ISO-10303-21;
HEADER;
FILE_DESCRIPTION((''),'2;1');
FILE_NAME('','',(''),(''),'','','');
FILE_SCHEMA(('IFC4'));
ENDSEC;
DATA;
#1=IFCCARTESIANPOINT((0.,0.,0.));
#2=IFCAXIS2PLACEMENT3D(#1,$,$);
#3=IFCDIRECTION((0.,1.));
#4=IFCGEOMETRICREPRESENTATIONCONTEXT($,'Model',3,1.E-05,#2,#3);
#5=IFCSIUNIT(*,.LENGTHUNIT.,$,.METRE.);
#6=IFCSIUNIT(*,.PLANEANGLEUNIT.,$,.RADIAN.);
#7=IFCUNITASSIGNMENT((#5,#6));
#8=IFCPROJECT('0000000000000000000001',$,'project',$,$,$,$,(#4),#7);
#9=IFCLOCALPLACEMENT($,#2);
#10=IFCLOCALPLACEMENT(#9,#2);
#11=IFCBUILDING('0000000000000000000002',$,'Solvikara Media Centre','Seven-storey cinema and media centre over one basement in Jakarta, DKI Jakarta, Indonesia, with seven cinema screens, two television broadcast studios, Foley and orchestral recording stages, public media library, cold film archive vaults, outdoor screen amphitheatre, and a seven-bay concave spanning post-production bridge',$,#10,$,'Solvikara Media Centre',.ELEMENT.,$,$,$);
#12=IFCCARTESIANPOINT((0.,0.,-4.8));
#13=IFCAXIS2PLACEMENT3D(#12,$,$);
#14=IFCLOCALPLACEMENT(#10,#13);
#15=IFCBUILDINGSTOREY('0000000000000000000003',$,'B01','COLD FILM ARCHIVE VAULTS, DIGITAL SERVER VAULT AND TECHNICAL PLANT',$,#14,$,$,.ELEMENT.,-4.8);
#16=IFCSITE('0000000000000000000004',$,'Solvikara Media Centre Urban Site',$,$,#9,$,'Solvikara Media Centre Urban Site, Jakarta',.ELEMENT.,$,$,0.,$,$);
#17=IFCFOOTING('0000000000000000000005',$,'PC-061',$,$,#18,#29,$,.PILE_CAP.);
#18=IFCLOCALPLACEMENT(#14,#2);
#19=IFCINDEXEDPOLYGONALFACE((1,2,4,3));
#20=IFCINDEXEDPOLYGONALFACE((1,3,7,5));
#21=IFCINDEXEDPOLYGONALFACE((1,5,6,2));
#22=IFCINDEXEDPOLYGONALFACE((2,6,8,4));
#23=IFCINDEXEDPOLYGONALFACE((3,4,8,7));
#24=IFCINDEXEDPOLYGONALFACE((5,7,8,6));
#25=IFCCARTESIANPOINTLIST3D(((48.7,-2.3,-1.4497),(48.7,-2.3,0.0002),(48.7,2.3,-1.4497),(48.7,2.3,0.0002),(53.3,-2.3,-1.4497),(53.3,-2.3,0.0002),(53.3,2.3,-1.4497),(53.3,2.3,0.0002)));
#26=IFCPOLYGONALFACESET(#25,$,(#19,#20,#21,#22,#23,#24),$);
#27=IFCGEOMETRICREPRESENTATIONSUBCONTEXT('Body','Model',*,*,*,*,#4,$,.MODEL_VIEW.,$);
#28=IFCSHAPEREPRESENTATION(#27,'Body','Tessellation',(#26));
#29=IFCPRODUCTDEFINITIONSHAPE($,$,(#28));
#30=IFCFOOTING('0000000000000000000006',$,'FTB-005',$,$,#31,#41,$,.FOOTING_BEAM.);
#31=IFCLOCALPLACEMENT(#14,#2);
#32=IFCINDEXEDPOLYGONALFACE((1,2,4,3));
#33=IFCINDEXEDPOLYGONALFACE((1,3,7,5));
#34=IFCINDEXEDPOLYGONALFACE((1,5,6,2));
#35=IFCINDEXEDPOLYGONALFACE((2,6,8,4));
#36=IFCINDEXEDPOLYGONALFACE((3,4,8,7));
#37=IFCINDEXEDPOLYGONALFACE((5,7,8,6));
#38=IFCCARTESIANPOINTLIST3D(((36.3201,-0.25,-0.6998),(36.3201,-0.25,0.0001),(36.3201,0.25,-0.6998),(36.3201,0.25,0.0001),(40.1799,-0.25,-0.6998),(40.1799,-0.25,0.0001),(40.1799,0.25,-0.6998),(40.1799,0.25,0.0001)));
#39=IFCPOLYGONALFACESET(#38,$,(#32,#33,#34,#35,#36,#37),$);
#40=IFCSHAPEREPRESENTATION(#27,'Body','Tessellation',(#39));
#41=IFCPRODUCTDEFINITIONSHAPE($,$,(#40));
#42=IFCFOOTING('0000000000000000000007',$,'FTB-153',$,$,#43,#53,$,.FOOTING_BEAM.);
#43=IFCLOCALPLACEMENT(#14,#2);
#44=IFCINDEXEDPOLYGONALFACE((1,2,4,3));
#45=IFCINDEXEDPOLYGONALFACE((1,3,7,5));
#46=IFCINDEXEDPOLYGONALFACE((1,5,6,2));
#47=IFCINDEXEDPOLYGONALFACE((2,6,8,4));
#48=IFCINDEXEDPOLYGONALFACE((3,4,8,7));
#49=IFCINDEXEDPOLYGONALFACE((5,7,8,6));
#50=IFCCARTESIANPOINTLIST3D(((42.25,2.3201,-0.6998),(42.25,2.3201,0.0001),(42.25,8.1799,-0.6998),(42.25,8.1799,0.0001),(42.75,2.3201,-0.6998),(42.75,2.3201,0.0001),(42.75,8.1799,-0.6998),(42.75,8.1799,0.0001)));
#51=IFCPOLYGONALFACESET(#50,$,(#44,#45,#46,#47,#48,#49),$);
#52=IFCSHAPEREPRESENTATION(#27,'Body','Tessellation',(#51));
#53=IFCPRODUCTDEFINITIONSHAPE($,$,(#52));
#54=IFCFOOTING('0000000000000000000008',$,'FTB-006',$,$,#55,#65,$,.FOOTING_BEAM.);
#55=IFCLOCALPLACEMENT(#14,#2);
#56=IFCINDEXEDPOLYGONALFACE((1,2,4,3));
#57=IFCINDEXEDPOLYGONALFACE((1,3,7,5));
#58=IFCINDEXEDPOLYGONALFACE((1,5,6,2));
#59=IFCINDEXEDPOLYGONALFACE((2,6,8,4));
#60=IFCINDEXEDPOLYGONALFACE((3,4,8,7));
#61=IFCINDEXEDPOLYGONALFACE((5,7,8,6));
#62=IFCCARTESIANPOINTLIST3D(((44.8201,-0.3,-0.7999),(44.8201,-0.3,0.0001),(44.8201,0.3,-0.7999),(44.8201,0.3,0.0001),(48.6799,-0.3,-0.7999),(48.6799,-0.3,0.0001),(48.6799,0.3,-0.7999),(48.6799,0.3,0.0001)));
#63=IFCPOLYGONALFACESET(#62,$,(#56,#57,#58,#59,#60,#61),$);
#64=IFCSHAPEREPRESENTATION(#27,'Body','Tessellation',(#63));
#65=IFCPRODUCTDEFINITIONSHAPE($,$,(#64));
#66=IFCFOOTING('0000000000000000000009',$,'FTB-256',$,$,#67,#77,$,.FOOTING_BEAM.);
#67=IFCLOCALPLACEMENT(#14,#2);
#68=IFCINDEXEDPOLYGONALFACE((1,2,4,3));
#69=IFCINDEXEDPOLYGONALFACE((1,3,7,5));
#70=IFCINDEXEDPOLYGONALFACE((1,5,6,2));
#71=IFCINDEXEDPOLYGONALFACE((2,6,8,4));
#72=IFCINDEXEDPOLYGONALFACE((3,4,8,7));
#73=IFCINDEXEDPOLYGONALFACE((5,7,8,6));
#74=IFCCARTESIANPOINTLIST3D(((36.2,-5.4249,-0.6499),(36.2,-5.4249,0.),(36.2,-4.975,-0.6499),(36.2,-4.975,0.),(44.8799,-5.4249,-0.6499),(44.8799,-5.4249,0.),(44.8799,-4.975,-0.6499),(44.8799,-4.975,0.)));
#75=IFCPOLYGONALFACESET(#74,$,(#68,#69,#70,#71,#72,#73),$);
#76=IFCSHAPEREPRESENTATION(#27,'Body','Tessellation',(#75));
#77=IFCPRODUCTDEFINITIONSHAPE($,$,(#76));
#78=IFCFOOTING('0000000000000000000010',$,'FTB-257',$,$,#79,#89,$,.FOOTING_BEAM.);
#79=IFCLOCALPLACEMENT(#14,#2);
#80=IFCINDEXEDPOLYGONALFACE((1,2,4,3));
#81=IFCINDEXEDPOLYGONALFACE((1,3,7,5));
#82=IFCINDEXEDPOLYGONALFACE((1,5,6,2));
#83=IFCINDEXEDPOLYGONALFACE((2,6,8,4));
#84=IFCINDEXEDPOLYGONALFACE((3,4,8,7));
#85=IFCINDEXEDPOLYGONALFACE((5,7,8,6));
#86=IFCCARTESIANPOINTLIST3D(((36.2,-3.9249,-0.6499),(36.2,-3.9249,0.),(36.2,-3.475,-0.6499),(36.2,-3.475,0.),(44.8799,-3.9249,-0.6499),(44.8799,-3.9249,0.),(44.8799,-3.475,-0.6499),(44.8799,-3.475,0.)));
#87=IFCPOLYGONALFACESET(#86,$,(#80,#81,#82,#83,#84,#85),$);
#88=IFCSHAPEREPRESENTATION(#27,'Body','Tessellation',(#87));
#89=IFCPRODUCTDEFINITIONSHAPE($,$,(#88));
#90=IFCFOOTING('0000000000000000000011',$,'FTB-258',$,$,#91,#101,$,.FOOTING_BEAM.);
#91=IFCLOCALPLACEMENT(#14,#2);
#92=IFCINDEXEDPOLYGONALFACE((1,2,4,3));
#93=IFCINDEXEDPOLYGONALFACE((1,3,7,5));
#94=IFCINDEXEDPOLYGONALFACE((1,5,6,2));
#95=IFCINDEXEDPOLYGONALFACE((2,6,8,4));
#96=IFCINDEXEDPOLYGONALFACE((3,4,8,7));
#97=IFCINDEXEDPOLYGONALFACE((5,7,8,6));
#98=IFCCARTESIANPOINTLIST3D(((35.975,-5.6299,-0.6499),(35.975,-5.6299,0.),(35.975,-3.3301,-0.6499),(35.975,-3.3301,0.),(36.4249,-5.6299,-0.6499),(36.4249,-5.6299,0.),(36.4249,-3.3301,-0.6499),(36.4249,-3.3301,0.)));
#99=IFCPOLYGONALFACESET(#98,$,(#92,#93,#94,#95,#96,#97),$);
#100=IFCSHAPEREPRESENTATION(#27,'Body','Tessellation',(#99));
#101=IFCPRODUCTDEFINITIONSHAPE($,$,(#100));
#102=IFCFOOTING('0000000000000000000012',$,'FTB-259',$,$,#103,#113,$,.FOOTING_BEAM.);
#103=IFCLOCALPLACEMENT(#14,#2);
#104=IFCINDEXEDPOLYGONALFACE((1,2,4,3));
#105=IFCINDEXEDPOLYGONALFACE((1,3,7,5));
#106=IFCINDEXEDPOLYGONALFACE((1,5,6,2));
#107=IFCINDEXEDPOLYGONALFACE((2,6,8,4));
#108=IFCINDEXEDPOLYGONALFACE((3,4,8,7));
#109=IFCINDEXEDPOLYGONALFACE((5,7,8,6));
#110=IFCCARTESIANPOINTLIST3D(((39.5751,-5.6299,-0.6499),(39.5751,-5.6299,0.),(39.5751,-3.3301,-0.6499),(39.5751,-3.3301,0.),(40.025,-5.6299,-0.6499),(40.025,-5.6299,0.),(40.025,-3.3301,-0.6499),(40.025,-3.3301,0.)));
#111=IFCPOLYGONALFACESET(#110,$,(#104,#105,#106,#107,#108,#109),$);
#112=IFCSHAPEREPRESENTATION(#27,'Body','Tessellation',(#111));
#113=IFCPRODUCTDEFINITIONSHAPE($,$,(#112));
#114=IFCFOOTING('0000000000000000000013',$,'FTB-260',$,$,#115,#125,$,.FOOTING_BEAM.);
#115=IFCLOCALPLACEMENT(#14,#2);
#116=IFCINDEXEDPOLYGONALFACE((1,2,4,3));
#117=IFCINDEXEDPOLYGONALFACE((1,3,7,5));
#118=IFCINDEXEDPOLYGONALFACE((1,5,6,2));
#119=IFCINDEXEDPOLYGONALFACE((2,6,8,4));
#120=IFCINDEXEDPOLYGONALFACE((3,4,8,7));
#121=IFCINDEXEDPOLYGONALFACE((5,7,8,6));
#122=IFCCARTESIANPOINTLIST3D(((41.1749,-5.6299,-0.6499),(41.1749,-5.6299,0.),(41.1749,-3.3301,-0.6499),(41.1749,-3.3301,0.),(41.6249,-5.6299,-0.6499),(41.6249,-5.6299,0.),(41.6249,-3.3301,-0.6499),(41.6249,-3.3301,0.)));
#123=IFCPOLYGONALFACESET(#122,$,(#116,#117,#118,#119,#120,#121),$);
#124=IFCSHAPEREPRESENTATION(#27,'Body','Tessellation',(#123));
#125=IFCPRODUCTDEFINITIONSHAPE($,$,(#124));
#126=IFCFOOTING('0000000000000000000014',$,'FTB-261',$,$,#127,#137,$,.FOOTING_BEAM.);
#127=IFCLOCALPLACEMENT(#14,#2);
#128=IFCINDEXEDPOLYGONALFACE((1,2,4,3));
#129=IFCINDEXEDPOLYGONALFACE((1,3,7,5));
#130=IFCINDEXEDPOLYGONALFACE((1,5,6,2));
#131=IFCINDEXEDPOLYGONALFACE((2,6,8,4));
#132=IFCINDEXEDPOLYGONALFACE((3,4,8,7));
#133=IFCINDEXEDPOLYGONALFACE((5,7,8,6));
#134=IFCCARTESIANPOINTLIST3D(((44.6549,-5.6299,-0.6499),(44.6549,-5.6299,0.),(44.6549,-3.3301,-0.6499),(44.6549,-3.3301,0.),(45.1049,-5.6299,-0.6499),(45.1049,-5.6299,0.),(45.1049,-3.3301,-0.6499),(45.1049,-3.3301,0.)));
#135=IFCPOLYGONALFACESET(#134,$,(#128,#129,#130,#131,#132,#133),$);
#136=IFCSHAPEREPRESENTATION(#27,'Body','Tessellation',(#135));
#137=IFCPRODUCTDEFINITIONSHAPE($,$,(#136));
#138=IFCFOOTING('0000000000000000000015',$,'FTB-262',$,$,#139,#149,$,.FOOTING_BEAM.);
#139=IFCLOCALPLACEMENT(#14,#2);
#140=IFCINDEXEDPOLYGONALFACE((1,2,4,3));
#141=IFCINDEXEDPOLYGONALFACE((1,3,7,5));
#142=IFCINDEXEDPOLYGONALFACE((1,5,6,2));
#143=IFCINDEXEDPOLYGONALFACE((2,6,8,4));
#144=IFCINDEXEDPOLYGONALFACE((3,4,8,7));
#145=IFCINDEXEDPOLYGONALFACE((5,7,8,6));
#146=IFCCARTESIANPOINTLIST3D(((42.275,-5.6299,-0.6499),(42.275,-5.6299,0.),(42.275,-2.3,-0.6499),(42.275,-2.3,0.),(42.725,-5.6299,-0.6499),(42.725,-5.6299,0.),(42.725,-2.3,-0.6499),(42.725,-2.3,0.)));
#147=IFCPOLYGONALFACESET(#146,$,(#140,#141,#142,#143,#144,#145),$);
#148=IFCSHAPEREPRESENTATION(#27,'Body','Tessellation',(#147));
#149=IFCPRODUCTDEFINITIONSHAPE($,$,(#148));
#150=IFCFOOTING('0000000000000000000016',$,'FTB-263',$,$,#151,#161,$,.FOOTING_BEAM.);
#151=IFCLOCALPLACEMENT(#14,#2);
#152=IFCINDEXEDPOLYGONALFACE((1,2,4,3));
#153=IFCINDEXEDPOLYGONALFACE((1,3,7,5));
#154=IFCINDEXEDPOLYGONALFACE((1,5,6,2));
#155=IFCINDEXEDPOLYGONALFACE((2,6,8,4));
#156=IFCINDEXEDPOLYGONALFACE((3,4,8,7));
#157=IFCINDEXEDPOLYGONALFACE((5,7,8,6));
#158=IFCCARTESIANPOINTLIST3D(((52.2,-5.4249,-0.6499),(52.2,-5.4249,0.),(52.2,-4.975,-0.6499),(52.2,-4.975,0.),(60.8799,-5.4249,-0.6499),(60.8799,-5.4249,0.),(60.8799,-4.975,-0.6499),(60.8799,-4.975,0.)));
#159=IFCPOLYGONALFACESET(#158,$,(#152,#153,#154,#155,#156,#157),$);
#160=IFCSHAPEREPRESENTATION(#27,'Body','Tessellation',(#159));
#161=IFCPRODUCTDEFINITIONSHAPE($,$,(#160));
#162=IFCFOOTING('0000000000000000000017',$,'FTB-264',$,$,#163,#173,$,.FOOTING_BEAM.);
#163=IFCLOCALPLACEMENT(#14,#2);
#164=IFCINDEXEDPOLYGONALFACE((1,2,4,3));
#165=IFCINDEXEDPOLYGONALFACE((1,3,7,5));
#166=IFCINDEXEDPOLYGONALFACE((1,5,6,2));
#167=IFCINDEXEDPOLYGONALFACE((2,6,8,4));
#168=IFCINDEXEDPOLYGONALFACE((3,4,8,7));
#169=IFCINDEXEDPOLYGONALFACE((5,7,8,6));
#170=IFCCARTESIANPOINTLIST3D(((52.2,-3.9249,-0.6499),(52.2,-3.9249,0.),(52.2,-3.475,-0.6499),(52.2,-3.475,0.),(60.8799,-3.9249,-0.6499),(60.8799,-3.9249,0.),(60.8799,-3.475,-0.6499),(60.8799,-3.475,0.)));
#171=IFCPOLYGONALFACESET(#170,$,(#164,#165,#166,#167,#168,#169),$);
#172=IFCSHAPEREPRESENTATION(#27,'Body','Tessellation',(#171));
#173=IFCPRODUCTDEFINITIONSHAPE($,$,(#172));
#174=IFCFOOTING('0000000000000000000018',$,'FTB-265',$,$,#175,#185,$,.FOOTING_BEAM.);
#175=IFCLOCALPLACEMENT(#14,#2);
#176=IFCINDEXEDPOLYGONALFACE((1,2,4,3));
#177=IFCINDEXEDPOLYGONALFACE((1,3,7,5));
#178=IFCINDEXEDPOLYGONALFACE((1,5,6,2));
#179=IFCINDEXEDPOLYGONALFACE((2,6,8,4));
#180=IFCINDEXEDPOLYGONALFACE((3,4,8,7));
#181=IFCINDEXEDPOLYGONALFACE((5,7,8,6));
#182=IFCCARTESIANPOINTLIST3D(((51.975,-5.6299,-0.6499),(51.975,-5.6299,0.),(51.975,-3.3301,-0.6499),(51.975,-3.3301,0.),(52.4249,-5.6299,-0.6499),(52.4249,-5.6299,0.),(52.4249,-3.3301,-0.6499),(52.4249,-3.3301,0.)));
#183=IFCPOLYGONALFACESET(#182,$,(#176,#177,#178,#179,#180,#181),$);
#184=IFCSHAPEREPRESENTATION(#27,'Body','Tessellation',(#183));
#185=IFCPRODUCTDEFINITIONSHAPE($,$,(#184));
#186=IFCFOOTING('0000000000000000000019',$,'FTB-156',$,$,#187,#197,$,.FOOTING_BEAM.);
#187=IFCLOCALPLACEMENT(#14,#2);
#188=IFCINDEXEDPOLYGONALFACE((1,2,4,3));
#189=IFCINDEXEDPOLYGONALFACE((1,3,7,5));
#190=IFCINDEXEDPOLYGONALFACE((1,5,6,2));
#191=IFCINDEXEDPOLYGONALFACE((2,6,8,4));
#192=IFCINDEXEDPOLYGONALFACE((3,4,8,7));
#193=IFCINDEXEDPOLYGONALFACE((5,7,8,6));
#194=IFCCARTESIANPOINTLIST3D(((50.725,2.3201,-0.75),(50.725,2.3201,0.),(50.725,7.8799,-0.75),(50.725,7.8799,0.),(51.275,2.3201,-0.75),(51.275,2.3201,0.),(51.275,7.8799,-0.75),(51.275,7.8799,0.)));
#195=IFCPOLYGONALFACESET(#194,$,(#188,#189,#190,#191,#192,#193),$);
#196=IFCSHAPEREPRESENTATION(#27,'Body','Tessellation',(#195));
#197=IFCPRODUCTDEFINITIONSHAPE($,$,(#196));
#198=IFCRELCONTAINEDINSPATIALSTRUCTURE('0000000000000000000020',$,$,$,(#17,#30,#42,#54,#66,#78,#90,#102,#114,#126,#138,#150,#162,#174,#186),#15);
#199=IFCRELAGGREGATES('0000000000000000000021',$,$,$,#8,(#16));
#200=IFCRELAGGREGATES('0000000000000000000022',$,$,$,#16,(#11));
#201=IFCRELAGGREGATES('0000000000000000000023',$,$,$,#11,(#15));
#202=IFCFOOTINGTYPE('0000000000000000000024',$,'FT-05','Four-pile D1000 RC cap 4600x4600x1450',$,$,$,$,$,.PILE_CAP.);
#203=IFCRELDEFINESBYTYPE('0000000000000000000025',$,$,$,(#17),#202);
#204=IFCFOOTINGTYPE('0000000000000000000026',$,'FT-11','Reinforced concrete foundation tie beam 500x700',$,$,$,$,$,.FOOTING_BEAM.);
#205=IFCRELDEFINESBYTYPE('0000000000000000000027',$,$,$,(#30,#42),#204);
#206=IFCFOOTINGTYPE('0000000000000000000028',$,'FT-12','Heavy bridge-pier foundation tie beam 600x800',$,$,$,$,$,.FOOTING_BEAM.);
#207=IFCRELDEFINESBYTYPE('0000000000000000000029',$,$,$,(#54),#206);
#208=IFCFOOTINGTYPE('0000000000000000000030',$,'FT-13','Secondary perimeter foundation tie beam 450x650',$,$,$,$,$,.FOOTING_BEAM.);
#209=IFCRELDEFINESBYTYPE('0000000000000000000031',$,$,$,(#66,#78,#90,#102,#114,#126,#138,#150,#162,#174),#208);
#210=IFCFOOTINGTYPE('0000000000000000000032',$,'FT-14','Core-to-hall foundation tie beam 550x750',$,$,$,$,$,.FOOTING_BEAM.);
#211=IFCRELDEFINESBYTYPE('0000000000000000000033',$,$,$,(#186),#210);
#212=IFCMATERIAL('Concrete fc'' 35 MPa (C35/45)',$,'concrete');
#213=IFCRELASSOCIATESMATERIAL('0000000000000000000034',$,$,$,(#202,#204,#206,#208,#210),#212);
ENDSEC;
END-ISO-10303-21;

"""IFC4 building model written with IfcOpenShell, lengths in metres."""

from ifc_helpers import new_model, si_unit, direction, frame, origin, origin_2d, place, context, subcontext, project, spatial, rectangle, extrude, material, material_profile, profile_set, type_object, element, save


model = new_model("IFC4")

# Units and contexts
model_context = context("Model", 3, precision=1e-05, world=origin(), true_north=direction((0.0, 1.0)))
body_context = subcontext(model_context, "Body", "Model", "MODEL_VIEW")
ifc_project = project(units=[si_unit("LENGTHUNIT", "METRE"), si_unit("PLANEANGLEUNIT", "RADIAN")], contexts=[model_context])

# Site, building, storey
site_placement = place(None, origin())
site = spatial("IfcSite", under=ifc_project, at=site_placement, Name="Solvikara Media Centre Urban Site", LongName="Solvikara Media Centre Urban Site, Jakarta", CompositionType="ELEMENT", RefElevation=0.0)
building_placement = place(site_placement, origin())
building = spatial("IfcBuilding", under=site, at=building_placement, Name="Solvikara Media Centre", Description="Seven-storey cinema and media centre over one basement in Jakarta, DKI Jakarta, Indonesia, with seven cinema screens, two television broadcast studios, Foley and orchestral recording stages, public media library, cold film archive vaults, outdoor screen amphitheatre, and a seven-bay concave spanning post-production bridge", LongName="Solvikara Media Centre", CompositionType="ELEMENT")
storey_placement = place(building_placement, frame((0.0, 0.0, -4.8)))
storey = spatial("IfcBuildingStorey", under=building, at=storey_placement, Name="B01", Description="COLD FILM ARCHIVE VAULTS, DIGITAL SERVER VAULT AND TECHNICAL PLANT", CompositionType="ELEMENT", Elevation=-4.8)

# Shared definitions
ifc_material_1 = material(Name="Concrete fc' 35 MPa (C35/45)", Category="concrete")

# Footings
footing_type_1 = type_object("IfcFootingType", Name="FT-05", Description="Four-pile D1000 RC cap 4600x4600x1450", PredefinedType="PILE_CAP", material=ifc_material_1)
for number, where, z_axis, x_axis, name in (
    (1, (51.0, 0.0, -1.4497), (0.0, 0.0, 1.0), (1.0, 0.0, 0.0), "PC-061"),
):
    element("IfcFooting", number, at=place(storey_placement, frame(where, z_axis=z_axis, x_axis=x_axis)), inside=storey, type_object=footing_type_1, Name=name, PredefinedType="PILE_CAP", context=body_context, shape_type="SweptSolid", body=[
        extrude(rectangle(XDim=4.6001, YDim=4.6001, at=origin_2d()), origin(), (0.0, 0.0, 1.0), 1.45),
    ])
ifc_material_profile_1 = material_profile(ifc_material_1, rectangle(XDim=0.5, YDim=0.7, at=origin_2d()), Name="RC 500x700")
ifc_profile_set_1 = profile_set([ifc_material_profile_1], Name="Concrete fc' 35 MPa (C35/45)")
footing_type_2 = type_object("IfcFootingType", Name="FT-11", Description="Reinforced concrete foundation tie beam 500x700", PredefinedType="FOOTING_BEAM", material=ifc_profile_set_1)
footing_1_placement = place(storey_placement, frame((36.3201, 0.0, -0.3499), z_axis=(1.0, 0.0, 0.0), x_axis=(0.0, 1.0, 0.0)))
element("IfcFooting", 2, at=footing_1_placement, inside=storey, type_object=footing_type_2, Name="FTB-005", PredefinedType="FOOTING_BEAM", context=body_context, shape_type="SweptSolid", body=[
    extrude(rectangle(XDim=0.5, YDim=0.7, at=origin_2d()), origin(), (0.0, 0.0, 1.0), 3.8599),
])
footing_2_placement = place(storey_placement, frame((42.5, 2.3201, -0.3499), z_axis=(0.0, 1.0, 0.0), x_axis=(-1.0, 0.0, 0.0)))
element("IfcFooting", 3, at=footing_2_placement, inside=storey, type_object=footing_type_2, Name="FTB-153", PredefinedType="FOOTING_BEAM", context=body_context, shape_type="SweptSolid", body=[
    extrude(rectangle(XDim=0.5, YDim=0.7, at=origin_2d()), origin(), (0.0, 0.0, 1.0), 5.8599),
])
ifc_material_profile_2 = material_profile(ifc_material_1, rectangle(XDim=0.6001, YDim=0.8, at=origin_2d()), Name="RC 600x800")
ifc_profile_set_2 = profile_set([ifc_material_profile_2], Name="Concrete fc' 35 MPa (C35/45)")
footing_type_3 = type_object("IfcFootingType", Name="FT-12", Description="Heavy bridge-pier foundation tie beam 600x800", PredefinedType="FOOTING_BEAM", material=ifc_profile_set_2)
footing_3_placement = place(storey_placement, frame((44.8201, 0.0, -0.3999), z_axis=(1.0, 0.0, 0.0), x_axis=(0.0, 1.0, 0.0)))
element("IfcFooting", 4, at=footing_3_placement, inside=storey, type_object=footing_type_3, Name="FTB-006", PredefinedType="FOOTING_BEAM", context=body_context, shape_type="SweptSolid", body=[
    extrude(rectangle(XDim=0.6001, YDim=0.8, at=origin_2d()), origin(), (0.0, 0.0, 1.0), 3.8599),
])
ifc_material_profile_3 = material_profile(ifc_material_1, rectangle(XDim=0.45, YDim=0.6499, at=origin_2d()), Name="RC 450x650")
ifc_profile_set_3 = profile_set([ifc_material_profile_3], Name="Concrete fc' 35 MPa (C35/45)")
footing_type_4 = type_object("IfcFootingType", Name="FT-13", Description="Secondary perimeter foundation tie beam 450x650", PredefinedType="FOOTING_BEAM", material=ifc_profile_set_3)
for number, where, z_axis, x_axis, name in (
    (5, (36.2, -5.2, -0.325), (1.0, 0.0, 0.0), (0.0, 1.0, 0.0), "FTB-256"),
    (6, (36.2, -3.7, -0.325), (1.0, 0.0, 0.0), (0.0, 1.0, 0.0), "FTB-257"),
):
    element("IfcFooting", number, at=place(storey_placement, frame(where, z_axis=z_axis, x_axis=x_axis)), inside=storey, type_object=footing_type_4, Name=name, PredefinedType="FOOTING_BEAM", context=body_context, shape_type="SweptSolid", body=[
        extrude(rectangle(XDim=0.45, YDim=0.6499, at=origin_2d()), origin(), (0.0, 0.0, 1.0), 8.6799),
    ])
for number, where, z_axis, x_axis, name in (
    (7, (36.2, -5.6299, -0.325), (0.0, 1.0, 0.0), (-1.0, 0.0, 0.0), "FTB-258"),
    (8, (39.8, -5.6299, -0.325), (0.0, 1.0, 0.0), (-1.0, 0.0, 0.0), "FTB-259"),
    (9, (41.3999, -5.6299, -0.325), (0.0, 1.0, 0.0), (-1.0, 0.0, 0.0), "FTB-260"),
    (10, (44.8799, -5.6299, -0.325), (0.0, 1.0, 0.0), (-1.0, 0.0, 0.0), "FTB-261"),
):
    element("IfcFooting", number, at=place(storey_placement, frame(where, z_axis=z_axis, x_axis=x_axis)), inside=storey, type_object=footing_type_4, Name=name, PredefinedType="FOOTING_BEAM", context=body_context, shape_type="SweptSolid", body=[
        extrude(rectangle(XDim=0.45, YDim=0.6499, at=origin_2d()), origin(), (0.0, 0.0, 1.0), 2.2998),
    ])
footing_4_placement = place(storey_placement, frame((42.5, -5.6299, -0.325), z_axis=(0.0, 1.0, 0.0), x_axis=(-1.0, 0.0, 0.0)))
element("IfcFooting", 11, at=footing_4_placement, inside=storey, type_object=footing_type_4, Name="FTB-262", PredefinedType="FOOTING_BEAM", context=body_context, shape_type="SweptSolid", body=[
    extrude(rectangle(XDim=0.45, YDim=0.6499, at=origin_2d()), origin(), (0.0, 0.0, 1.0), 3.3298),
])
for number, where, z_axis, x_axis, name in (
    (12, (52.2, -5.2, -0.325), (1.0, 0.0, 0.0), (0.0, 1.0, 0.0), "FTB-263"),
    (13, (52.2, -3.7, -0.325), (1.0, 0.0, 0.0), (0.0, 1.0, 0.0), "FTB-264"),
):
    element("IfcFooting", number, at=place(storey_placement, frame(where, z_axis=z_axis, x_axis=x_axis)), inside=storey, type_object=footing_type_4, Name=name, PredefinedType="FOOTING_BEAM", context=body_context, shape_type="SweptSolid", body=[
        extrude(rectangle(XDim=0.45, YDim=0.6499, at=origin_2d()), origin(), (0.0, 0.0, 1.0), 8.6799),
    ])
footing_5_placement = place(storey_placement, frame((52.2, -5.6299, -0.325), z_axis=(0.0, 1.0, 0.0), x_axis=(-1.0, 0.0, 0.0)))
element("IfcFooting", 14, at=footing_5_placement, inside=storey, type_object=footing_type_4, Name="FTB-265", PredefinedType="FOOTING_BEAM", context=body_context, shape_type="SweptSolid", body=[
    extrude(rectangle(XDim=0.45, YDim=0.6499, at=origin_2d()), origin(), (0.0, 0.0, 1.0), 2.2998),
])
ifc_material_profile_4 = material_profile(ifc_material_1, rectangle(XDim=0.55, YDim=0.75, at=origin_2d()), Name="RC 550x750")
ifc_profile_set_4 = profile_set([ifc_material_profile_4], Name="Concrete fc' 35 MPa (C35/45)")
footing_type_5 = type_object("IfcFootingType", Name="FT-14", Description="Core-to-hall foundation tie beam 550x750", PredefinedType="FOOTING_BEAM", material=ifc_profile_set_4)
footing_6_placement = place(storey_placement, frame((51.0, 2.3201, -0.375), z_axis=(0.0, 1.0, 0.0), x_axis=(-1.0, 0.0, 0.0)))
element("IfcFooting", 15, at=footing_6_placement, inside=storey, type_object=footing_type_5, Name="FTB-156", PredefinedType="FOOTING_BEAM", context=body_context, shape_type="SweptSolid", body=[
    extrude(rectangle(XDim=0.55, YDim=0.75, at=origin_2d()), origin(), (0.0, 0.0, 1.0), 5.5598),
])

save(model, "model.ifc")
